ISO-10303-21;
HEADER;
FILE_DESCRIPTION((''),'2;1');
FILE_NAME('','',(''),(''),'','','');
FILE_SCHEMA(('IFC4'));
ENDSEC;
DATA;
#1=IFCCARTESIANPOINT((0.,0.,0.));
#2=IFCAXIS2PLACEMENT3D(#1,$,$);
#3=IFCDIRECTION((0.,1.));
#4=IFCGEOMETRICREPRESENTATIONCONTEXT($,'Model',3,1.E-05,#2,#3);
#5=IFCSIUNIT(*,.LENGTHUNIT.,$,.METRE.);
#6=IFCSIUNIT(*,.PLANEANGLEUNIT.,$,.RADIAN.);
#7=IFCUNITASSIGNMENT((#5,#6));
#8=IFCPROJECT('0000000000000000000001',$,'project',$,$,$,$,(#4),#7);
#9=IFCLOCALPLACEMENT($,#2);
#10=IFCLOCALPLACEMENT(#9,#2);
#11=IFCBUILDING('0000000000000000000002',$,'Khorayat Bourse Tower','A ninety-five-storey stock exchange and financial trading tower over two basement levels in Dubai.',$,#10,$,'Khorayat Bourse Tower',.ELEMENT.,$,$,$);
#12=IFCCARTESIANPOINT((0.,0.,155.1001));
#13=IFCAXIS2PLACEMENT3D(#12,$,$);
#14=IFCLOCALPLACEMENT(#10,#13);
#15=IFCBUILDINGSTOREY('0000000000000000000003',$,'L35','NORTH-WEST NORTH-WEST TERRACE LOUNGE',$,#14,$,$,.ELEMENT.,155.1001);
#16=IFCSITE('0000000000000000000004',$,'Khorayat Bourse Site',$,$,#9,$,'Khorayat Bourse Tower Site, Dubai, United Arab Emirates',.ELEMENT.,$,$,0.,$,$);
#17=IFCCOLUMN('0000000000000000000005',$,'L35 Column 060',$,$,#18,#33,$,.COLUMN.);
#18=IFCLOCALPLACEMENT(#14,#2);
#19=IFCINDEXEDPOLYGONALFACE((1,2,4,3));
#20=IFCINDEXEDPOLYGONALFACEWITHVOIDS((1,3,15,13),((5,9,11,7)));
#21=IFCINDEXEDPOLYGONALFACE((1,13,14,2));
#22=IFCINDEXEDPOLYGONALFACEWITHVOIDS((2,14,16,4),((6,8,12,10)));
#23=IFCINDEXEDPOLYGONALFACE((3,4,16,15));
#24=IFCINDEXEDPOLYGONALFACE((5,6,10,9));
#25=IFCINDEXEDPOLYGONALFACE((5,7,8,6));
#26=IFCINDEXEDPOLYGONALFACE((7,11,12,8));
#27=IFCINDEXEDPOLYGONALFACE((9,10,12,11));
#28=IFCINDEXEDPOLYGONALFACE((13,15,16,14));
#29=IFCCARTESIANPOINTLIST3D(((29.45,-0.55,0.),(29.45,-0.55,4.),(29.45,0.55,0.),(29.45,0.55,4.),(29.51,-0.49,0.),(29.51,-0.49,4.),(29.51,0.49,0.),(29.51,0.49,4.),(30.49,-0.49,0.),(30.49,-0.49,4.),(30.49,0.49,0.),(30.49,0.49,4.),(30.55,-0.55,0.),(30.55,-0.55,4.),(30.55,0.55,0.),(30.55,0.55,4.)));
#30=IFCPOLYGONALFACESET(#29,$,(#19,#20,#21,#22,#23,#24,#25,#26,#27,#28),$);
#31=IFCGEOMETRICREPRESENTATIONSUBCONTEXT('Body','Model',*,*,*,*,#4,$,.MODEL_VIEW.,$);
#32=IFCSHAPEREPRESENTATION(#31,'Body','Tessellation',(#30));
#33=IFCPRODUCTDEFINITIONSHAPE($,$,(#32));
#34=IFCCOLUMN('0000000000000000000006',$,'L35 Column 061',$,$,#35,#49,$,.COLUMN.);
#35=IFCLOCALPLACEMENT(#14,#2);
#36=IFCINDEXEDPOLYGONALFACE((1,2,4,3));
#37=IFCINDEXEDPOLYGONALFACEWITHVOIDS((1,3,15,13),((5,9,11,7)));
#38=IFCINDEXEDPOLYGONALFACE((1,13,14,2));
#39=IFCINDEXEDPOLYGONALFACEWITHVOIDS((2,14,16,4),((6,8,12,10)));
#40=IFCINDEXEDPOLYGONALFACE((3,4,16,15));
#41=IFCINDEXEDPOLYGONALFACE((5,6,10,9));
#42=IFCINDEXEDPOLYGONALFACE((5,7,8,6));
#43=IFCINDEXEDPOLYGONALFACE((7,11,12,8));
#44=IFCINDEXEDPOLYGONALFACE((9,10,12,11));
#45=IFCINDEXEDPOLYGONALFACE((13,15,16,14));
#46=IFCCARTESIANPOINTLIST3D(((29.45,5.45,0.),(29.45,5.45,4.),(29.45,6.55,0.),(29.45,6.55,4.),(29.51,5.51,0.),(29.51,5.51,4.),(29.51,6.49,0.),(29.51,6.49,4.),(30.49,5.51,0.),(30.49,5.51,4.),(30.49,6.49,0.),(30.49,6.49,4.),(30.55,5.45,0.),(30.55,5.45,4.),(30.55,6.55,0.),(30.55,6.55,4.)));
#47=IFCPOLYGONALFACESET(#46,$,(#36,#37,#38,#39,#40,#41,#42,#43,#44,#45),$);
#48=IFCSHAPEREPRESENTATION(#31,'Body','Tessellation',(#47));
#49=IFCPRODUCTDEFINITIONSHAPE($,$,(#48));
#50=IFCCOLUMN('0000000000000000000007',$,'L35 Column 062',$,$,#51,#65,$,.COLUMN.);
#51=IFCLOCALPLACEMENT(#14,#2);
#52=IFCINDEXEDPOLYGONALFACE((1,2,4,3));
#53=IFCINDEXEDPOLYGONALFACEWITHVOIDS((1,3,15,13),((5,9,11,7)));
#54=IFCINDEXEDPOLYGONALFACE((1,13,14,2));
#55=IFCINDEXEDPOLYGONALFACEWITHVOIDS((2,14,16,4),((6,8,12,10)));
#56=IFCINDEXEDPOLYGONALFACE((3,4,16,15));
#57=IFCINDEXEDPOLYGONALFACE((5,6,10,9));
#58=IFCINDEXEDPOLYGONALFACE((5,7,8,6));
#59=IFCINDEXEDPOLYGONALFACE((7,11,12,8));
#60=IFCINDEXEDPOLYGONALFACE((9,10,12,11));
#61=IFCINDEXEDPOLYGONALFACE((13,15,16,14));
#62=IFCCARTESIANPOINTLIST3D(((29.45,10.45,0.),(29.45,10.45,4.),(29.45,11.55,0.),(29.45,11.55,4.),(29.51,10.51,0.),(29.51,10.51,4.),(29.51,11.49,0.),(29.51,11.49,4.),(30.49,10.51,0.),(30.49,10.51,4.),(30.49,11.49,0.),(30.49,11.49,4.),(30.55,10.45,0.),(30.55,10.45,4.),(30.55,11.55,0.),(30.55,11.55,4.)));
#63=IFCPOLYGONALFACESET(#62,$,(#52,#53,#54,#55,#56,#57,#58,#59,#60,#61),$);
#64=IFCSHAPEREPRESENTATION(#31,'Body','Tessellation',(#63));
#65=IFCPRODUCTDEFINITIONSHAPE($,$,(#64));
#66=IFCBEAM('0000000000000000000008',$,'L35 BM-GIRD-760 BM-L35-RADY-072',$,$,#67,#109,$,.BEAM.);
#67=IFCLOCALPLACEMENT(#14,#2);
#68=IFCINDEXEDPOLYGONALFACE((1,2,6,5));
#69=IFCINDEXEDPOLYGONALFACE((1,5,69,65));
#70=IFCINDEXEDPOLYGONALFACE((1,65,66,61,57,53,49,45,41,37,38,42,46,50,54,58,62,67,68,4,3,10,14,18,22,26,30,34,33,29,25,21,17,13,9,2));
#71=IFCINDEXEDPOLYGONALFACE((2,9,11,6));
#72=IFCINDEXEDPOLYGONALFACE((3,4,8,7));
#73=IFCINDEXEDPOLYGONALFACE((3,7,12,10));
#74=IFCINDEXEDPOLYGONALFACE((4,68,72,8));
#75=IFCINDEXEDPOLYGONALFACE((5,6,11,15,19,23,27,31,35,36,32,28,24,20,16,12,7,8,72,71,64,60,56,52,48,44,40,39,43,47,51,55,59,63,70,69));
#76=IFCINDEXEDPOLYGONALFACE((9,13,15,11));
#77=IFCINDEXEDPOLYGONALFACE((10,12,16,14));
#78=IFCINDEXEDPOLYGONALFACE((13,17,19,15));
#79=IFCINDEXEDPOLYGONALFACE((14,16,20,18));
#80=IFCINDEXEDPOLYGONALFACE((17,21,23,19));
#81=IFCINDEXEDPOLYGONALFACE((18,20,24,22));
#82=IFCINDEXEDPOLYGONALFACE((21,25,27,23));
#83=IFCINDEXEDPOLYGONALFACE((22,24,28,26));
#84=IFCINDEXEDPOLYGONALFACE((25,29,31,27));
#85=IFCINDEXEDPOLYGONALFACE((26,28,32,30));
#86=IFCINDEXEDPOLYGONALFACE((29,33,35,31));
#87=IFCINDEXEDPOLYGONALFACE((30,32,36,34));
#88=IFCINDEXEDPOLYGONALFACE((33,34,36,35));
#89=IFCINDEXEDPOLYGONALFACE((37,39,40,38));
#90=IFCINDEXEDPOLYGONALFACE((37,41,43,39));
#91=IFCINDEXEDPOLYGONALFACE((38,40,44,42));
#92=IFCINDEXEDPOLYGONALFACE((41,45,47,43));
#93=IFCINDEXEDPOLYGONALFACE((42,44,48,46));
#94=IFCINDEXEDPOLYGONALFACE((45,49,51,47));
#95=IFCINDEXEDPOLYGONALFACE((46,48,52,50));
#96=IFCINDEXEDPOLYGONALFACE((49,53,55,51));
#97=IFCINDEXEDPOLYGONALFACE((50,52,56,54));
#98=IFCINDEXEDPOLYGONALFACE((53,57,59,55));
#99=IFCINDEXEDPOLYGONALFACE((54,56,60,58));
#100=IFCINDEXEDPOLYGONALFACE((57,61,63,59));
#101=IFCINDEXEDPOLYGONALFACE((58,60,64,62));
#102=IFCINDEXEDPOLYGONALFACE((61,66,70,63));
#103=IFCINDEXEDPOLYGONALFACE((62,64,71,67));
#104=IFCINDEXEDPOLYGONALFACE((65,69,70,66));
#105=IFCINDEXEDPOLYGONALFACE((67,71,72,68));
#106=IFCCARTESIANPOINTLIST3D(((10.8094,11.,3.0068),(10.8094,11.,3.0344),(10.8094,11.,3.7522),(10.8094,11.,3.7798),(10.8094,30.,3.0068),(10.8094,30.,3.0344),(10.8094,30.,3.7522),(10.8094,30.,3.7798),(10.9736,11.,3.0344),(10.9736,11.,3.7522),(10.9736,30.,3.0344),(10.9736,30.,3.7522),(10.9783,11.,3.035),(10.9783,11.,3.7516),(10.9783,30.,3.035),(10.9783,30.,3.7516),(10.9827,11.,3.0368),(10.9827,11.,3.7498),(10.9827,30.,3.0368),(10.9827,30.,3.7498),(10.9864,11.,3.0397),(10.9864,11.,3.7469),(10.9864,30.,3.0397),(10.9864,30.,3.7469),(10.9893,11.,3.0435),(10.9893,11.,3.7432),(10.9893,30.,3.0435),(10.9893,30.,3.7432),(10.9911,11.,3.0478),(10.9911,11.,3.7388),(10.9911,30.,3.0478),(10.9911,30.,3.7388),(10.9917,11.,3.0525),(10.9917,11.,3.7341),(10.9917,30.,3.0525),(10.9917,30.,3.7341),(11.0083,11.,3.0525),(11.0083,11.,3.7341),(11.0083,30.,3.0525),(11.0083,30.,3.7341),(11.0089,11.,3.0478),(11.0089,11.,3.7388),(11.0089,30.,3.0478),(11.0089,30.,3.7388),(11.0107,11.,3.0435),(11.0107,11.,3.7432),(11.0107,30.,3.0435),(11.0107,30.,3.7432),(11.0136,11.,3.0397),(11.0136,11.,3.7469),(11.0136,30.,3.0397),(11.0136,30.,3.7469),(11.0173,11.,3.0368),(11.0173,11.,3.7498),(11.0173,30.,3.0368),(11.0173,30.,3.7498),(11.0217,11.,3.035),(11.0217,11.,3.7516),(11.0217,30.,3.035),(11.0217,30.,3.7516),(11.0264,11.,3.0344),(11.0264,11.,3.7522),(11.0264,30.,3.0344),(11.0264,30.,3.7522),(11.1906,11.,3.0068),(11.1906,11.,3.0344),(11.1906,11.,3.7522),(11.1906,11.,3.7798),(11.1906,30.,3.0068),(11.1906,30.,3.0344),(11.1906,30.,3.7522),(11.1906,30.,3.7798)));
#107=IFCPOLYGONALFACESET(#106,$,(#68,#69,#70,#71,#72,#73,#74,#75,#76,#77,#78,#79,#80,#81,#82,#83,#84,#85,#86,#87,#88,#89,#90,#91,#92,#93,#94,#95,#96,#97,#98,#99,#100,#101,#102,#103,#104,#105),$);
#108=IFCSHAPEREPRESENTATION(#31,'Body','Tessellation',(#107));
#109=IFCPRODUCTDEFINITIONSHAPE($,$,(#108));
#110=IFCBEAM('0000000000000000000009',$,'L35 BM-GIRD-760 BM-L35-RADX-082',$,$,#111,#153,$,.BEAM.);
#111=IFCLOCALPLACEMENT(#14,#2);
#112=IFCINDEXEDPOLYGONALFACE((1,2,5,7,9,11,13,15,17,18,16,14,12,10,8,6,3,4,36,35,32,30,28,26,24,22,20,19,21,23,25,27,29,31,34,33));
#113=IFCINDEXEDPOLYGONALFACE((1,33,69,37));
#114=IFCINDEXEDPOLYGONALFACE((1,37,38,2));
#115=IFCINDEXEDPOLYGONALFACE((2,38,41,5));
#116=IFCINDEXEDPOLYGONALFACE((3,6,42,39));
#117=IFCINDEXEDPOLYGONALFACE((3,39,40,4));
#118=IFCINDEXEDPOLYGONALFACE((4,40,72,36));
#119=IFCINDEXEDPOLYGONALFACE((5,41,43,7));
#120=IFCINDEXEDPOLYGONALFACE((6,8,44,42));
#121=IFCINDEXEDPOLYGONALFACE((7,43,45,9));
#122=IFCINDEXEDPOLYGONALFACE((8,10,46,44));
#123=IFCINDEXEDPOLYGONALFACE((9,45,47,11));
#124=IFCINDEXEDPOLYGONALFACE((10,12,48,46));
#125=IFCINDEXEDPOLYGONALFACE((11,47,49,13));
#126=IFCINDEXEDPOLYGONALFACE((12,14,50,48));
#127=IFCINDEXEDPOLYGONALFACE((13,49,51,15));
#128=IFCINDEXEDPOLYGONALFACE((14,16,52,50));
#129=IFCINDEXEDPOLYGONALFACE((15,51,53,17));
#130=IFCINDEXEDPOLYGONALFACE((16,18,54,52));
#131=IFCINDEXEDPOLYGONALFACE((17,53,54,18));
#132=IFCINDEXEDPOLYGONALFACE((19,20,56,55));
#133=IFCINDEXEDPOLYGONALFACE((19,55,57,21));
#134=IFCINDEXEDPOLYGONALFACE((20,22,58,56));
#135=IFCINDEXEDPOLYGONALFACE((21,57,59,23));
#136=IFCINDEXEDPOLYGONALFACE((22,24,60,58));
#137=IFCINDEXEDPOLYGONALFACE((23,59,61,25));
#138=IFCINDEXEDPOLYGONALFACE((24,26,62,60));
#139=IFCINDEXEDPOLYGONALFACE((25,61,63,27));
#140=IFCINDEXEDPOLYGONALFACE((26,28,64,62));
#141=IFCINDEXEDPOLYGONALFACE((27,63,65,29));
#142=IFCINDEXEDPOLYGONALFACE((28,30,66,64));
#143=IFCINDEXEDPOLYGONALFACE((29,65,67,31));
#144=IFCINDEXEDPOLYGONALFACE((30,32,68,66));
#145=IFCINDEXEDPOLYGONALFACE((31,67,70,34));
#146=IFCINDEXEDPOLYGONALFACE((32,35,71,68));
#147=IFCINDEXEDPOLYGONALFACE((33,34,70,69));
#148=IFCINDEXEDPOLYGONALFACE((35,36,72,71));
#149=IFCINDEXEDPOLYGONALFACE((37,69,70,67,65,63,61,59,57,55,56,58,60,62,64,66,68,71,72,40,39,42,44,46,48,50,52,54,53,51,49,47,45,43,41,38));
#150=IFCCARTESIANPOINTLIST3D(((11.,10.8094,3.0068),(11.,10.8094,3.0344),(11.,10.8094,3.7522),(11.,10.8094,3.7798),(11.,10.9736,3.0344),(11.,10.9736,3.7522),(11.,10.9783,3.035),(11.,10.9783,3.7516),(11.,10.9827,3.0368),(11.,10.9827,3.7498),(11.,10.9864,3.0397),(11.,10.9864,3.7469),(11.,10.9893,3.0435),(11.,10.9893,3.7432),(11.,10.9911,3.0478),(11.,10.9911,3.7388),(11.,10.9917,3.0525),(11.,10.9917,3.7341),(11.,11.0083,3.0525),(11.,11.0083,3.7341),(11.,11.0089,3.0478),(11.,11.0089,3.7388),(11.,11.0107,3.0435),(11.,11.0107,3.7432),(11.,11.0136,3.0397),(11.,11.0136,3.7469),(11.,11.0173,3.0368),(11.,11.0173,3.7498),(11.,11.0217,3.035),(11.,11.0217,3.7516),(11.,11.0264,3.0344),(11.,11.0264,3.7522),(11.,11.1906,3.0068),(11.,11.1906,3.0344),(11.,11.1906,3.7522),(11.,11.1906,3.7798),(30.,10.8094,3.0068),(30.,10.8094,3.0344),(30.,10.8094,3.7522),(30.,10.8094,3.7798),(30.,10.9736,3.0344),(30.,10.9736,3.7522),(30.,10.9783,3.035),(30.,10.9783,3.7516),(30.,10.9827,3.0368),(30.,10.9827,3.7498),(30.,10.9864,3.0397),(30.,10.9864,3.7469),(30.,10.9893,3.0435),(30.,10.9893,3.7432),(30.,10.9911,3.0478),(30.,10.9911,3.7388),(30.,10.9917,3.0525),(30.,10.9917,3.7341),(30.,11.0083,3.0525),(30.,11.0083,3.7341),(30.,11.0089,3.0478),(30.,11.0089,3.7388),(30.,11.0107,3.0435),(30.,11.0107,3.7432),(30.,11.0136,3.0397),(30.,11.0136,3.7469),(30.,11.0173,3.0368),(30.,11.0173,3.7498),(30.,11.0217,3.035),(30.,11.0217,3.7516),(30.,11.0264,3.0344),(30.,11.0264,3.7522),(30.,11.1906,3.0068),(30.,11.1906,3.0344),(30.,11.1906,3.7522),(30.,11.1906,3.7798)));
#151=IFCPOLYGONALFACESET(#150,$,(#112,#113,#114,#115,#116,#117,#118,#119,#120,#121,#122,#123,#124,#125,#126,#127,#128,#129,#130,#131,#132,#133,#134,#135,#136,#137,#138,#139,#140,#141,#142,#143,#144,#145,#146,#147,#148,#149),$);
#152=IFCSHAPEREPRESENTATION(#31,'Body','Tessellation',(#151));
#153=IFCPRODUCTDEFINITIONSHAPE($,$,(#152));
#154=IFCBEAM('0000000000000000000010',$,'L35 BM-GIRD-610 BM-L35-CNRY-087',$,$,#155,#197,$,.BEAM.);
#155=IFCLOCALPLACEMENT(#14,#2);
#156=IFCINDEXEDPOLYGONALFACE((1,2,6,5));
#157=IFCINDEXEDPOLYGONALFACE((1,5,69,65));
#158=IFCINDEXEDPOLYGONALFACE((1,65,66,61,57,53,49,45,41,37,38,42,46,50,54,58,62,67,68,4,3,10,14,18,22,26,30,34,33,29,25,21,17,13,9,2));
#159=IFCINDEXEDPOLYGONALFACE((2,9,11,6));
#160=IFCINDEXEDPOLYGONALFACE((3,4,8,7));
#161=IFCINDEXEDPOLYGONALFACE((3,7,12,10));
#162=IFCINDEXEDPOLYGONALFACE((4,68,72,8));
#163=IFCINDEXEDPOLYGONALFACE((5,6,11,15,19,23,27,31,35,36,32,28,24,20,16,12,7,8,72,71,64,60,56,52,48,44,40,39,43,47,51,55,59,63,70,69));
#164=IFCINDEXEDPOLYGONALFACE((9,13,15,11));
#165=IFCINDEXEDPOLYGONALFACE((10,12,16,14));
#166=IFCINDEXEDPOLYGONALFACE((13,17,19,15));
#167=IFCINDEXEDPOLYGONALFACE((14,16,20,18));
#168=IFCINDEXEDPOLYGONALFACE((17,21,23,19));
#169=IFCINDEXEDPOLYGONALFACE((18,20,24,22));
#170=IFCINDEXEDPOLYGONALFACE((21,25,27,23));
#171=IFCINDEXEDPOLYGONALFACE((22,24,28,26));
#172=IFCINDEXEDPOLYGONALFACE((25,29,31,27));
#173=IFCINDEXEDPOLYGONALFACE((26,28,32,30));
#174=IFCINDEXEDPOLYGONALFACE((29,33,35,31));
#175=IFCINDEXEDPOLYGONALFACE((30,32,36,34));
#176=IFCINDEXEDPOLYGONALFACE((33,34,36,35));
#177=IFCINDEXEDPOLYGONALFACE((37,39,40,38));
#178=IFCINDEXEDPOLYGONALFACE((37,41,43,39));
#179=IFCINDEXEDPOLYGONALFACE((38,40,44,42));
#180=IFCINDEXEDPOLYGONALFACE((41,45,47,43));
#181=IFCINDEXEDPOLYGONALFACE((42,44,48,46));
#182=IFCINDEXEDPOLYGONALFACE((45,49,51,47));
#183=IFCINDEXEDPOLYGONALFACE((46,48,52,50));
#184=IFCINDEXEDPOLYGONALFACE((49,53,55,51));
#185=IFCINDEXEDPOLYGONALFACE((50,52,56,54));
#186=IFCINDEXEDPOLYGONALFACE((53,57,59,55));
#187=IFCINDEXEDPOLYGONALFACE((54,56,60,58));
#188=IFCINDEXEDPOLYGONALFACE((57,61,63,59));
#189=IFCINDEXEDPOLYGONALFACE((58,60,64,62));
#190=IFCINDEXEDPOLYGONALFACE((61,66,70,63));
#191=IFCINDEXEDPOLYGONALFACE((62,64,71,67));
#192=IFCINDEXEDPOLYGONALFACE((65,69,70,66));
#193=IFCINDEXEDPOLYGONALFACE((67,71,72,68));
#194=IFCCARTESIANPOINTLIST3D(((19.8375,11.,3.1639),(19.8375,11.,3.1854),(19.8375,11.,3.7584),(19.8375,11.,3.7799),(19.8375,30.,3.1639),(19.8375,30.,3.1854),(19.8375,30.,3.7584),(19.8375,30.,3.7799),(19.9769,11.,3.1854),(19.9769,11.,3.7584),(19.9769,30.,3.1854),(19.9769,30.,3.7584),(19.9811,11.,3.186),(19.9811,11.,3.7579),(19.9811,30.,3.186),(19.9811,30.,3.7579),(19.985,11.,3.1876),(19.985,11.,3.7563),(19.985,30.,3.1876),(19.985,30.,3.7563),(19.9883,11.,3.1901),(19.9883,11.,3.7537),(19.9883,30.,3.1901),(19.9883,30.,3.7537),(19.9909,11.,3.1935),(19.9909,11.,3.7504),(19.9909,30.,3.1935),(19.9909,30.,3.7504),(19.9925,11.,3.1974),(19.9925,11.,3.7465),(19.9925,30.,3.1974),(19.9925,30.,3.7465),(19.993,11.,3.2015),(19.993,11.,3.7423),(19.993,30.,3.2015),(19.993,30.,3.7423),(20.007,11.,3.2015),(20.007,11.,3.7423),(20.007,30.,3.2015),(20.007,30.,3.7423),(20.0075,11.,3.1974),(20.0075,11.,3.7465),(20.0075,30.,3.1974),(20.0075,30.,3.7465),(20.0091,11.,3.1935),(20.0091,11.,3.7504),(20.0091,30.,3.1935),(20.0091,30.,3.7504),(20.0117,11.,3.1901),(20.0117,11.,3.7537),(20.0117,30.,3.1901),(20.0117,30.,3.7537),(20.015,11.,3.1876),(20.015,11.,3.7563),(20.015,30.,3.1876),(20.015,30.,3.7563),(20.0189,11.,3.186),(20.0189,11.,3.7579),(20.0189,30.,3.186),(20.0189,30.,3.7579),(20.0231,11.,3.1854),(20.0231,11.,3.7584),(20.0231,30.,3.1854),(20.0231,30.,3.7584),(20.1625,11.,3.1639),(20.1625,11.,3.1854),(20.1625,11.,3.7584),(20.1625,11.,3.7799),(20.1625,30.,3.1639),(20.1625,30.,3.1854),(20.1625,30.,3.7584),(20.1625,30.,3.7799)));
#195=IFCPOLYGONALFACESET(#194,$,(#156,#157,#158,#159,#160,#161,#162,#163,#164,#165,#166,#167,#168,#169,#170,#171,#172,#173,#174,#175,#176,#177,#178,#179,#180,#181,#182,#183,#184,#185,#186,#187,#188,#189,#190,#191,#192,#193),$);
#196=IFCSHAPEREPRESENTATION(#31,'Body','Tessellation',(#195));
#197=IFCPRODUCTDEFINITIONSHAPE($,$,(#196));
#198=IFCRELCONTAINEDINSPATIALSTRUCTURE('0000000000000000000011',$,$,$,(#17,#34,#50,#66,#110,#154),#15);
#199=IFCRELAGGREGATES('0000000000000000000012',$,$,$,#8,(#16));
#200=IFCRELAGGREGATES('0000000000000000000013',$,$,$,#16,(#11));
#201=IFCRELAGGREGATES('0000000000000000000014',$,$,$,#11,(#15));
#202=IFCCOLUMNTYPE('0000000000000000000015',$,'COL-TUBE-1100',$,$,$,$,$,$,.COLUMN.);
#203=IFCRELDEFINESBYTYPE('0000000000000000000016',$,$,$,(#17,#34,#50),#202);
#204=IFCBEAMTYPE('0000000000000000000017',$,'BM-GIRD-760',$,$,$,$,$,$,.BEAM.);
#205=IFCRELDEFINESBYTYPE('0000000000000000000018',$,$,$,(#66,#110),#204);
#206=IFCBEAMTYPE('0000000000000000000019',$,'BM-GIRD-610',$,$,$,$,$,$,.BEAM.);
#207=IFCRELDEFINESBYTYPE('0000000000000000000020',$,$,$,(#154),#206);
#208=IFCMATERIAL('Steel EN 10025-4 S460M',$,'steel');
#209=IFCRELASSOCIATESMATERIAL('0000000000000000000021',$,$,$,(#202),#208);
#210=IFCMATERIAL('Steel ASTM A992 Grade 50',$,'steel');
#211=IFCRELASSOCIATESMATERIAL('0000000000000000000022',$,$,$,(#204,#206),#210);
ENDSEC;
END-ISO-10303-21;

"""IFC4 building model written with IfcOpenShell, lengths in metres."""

from ifc_helpers import new_model, si_unit, direction, frame, origin, origin_2d, place, context, subcontext, project, spatial, hollow_rectangle, i_section, extrude, source, transform, mapped, material, material_profile, profile_set, type_object, element, save


model = new_model("IFC4")

# Units and contexts
model_context = context("Model", 3, precision=1e-05, world=origin(), true_north=direction((0.0, 1.0)))
body_context = subcontext(model_context, "Body", "Model", "MODEL_VIEW")
ifc_project = project(units=[si_unit("LENGTHUNIT", "METRE"), si_unit("PLANEANGLEUNIT", "RADIAN")], contexts=[model_context])

# Site, building, storey
site_placement = place(None, origin())
site = spatial("IfcSite", under=ifc_project, at=site_placement, Name="Khorayat Bourse Site", LongName="Khorayat Bourse Tower Site, Dubai, United Arab Emirates", CompositionType="ELEMENT", RefElevation=0.0)
building_placement = place(site_placement, origin())
building = spatial("IfcBuilding", under=site, at=building_placement, Name="Khorayat Bourse Tower", Description="A ninety-five-storey stock exchange and financial trading tower over two basement levels in Dubai.", LongName="Khorayat Bourse Tower", CompositionType="ELEMENT")
storey_placement = place(building_placement, frame((0.0, 0.0, 155.1001)))
storey = spatial("IfcBuildingStorey", under=building, at=storey_placement, Name="L35", Description="NORTH-WEST NORTH-WEST TERRACE LOUNGE", CompositionType="ELEMENT", Elevation=155.1001)

# Columns
ifc_material_1 = material(Name="Steel EN 10025-4 S460M", Category="steel")
ifc_material_profile_1 = material_profile(ifc_material_1, hollow_rectangle(XDim=1.1001, YDim=1.1001, WallThickness=0.0601, at=origin_2d()), Name="BOX 1100x1100x60")
ifc_profile_set_1 = profile_set([ifc_material_profile_1], Name="Steel EN 10025-4 S460M")
column_type = type_object("IfcColumnType", Name="COL-TUBE-1100", PredefinedType="COLUMN", material=ifc_profile_set_1)
shared_shape_1 = source(origin(), body_context, "Body", "SweptSolid", [
    extrude(hollow_rectangle(XDim=1.1001, YDim=1.1001, WallThickness=0.0601, at=origin_2d()), origin(), (0.0, 0.0, 1.0), 4.0),
])
for number, where, z_axis, x_axis, name in (
    (1, (30.0, 0.0, 0.0), (0.0, 0.0, 1.0), (1.0, 0.0, 0.0), "L35 Column 060"),
    (2, (30.0, 6.0, 0.0), (0.0, 0.0, 1.0), (1.0, 0.0, 0.0), "L35 Column 061"),
    (3, (30.0, 11.0, 0.0), (0.0, 0.0, 1.0), (1.0, 0.0, 0.0), "L35 Column 062"),
):
    element("IfcColumn", number, at=place(storey_placement, frame(where, z_axis=z_axis, x_axis=x_axis)), inside=storey, type_object=column_type, Name=name, PredefinedType="COLUMN", context=body_context, shape_type="MappedRepresentation", body=[
        mapped(shared_shape_1, transform((0.0, 0.0, 0.0), scale=1.0)),
    ])

# Beams
ifc_material_2 = material(Name="Steel ASTM A992 Grade 50", Category="steel")
ifc_material_profile_2 = material_profile(ifc_material_2, i_section(OverallWidth=0.3811, OverallDepth=0.7729, WebThickness=0.0166, FlangeThickness=0.0276, FilletRadius=0.0181, at=origin_2d()), Name="W760X257")
ifc_profile_set_2 = profile_set([ifc_material_profile_2], Name="Steel ASTM A992 Grade 50")
beam_type_1 = type_object("IfcBeamType", Name="BM-GIRD-760", PredefinedType="BEAM", material=ifc_profile_set_2)
shared_shape_2 = source(origin(), body_context, "Body", "SweptSolid", [
    extrude(i_section(OverallWidth=0.3811, OverallDepth=0.7729, WebThickness=0.0166, FlangeThickness=0.0276, FilletRadius=0.0181, at=origin_2d()), origin(), (0.0, 0.0, 1.0), 19.0),
])
for number, where, z_axis, x_axis, name in (
    (4, (11.0, 11.0, 3.3933), (0.0, 1.0, 0.0), (-1.0, 0.0, 0.0), "L35 BM-GIRD-760 BM-L35-RADY-072"),
    (5, (11.0, 11.0, 3.3933), (1.0, 0.0, 0.0), (0.0, 1.0, 0.0), "L35 BM-GIRD-760 BM-L35-RADX-082"),
):
    element("IfcBeam", number, at=place(storey_placement, frame(where, z_axis=z_axis, x_axis=x_axis)), inside=storey, type_object=beam_type_1, Name=name, PredefinedType="BEAM", context=body_context, shape_type="MappedRepresentation", body=[
        mapped(shared_shape_2, transform((0.0, 0.0, 0.0), scale=1.0)),
    ])
ifc_material_profile_3 = material_profile(ifc_material_2, i_section(OverallWidth=0.325, OverallDepth=0.616, WebThickness=0.0139, FlangeThickness=0.0215, FilletRadius=0.0161, at=origin_2d()), Name="W610X174")
ifc_profile_set_3 = profile_set([ifc_material_profile_3], Name="Steel ASTM A992 Grade 50")
beam_type_2 = type_object("IfcBeamType", Name="BM-GIRD-610", PredefinedType="BEAM", material=ifc_profile_set_3)
shared_shape_3 = source(origin(), body_context, "Body", "SweptSolid", [
    extrude(i_section(OverallWidth=0.325, OverallDepth=0.616, WebThickness=0.0139, FlangeThickness=0.0215, FilletRadius=0.0161, at=origin_2d()), origin(), (0.0, 0.0, 1.0), 19.0),
])
beam_1_placement = place(storey_placement, frame((20.0, 11.0, 3.4719), z_axis=(0.0, 1.0, 0.0), x_axis=(-1.0, 0.0, 0.0)))
element("IfcBeam", 6, at=beam_1_placement, inside=storey, type_object=beam_type_2, Name="L35 BM-GIRD-610 BM-L35-CNRY-087", PredefinedType="BEAM", context=body_context, shape_type="MappedRepresentation", body=[
    mapped(shared_shape_3, transform((0.0, 0.0, 0.0), scale=1.0)),
])

save(model, "model.ifc")
